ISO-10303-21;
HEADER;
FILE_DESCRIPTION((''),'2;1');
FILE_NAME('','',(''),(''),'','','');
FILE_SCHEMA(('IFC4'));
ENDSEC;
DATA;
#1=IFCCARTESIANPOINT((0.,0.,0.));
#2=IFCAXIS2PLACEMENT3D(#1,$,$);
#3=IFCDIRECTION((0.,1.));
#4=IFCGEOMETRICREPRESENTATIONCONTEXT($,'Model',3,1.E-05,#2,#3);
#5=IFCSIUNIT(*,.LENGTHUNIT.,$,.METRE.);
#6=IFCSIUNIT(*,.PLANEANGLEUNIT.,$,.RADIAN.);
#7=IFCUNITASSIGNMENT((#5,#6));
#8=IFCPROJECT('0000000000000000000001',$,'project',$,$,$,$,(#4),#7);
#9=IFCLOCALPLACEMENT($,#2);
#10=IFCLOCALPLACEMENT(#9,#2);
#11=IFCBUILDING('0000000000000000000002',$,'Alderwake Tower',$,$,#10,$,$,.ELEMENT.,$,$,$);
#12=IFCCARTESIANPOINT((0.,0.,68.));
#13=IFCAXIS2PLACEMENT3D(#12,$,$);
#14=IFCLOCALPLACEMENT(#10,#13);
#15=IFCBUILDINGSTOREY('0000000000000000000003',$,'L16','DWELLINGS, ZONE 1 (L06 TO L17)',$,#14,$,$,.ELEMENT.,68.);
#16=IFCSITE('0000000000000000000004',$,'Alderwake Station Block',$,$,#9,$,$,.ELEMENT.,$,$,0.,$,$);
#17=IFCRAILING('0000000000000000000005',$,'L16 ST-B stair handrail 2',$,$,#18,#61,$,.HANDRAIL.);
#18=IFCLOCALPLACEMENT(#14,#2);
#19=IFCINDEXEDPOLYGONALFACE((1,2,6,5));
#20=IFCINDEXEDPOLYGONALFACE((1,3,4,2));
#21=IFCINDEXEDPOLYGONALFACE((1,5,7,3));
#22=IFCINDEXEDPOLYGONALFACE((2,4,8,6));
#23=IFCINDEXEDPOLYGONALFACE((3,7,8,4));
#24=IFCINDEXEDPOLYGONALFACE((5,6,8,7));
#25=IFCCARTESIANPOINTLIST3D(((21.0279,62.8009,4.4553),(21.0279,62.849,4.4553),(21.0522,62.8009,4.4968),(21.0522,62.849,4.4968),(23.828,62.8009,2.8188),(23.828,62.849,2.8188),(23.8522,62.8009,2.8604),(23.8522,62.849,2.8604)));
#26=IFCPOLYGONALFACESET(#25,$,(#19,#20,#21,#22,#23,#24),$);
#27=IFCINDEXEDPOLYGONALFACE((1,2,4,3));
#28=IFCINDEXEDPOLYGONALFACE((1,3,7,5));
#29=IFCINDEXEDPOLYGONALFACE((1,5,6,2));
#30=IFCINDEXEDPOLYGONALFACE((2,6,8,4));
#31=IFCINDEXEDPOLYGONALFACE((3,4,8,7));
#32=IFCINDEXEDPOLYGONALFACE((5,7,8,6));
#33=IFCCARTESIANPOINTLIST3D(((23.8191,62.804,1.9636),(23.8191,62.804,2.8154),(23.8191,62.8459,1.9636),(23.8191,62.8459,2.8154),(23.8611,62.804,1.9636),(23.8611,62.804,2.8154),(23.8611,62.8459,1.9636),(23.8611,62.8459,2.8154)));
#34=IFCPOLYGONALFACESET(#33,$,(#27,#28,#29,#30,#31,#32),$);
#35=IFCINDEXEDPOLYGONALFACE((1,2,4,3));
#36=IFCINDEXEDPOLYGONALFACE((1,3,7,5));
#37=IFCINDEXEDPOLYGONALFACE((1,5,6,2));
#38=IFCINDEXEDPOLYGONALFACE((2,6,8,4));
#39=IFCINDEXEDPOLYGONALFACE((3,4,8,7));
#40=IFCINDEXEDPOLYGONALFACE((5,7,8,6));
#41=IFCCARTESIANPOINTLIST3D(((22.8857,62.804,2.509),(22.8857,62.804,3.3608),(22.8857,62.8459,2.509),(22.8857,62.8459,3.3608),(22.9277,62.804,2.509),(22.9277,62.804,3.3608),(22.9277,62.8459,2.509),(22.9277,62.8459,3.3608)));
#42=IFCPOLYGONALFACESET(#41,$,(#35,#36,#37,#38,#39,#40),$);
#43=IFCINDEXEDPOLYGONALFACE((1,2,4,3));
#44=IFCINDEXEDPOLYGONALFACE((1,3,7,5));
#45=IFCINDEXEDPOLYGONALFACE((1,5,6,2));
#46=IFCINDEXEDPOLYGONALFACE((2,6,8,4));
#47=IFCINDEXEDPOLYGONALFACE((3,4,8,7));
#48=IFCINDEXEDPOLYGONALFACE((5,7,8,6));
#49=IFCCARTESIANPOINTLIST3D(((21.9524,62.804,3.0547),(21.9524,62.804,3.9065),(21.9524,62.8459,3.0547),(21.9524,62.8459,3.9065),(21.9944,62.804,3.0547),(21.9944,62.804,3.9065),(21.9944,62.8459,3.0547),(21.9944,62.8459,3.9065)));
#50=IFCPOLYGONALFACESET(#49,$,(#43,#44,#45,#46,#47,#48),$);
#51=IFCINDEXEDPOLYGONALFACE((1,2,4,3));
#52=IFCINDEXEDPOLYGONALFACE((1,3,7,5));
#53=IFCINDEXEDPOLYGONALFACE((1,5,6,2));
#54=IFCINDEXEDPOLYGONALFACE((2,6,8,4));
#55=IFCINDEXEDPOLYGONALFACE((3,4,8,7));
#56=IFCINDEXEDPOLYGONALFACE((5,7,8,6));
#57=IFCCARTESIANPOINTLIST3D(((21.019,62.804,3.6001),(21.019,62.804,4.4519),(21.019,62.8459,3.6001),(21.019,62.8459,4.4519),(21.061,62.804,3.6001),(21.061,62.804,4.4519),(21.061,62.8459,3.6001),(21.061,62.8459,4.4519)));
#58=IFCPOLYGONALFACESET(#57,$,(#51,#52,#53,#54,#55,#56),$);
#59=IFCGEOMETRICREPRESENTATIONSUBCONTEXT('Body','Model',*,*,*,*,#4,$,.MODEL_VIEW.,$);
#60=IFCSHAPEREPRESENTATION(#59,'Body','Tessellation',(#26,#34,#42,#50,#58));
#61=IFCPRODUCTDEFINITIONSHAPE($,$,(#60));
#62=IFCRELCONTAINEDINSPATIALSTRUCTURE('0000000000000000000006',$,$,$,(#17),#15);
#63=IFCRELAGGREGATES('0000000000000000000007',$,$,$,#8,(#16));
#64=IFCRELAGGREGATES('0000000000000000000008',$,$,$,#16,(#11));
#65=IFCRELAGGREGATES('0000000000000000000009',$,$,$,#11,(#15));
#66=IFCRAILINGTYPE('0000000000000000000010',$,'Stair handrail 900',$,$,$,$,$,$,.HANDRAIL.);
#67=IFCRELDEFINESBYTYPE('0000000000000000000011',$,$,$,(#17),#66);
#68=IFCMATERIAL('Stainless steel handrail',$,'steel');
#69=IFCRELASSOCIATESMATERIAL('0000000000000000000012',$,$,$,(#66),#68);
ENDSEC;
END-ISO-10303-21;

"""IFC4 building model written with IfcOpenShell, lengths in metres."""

from ifc_helpers import new_model, si_unit, direction, frame, origin, origin_2d, place, context, subcontext, project, spatial, rectangle, extrude, material, type_object, element, save


model = new_model("IFC4")

# Units and contexts
model_context = context("Model", 3, precision=1e-05, world=origin(), true_north=direction((0.0, 1.0)))
body_context = subcontext(model_context, "Body", "Model", "MODEL_VIEW")
ifc_project = project(units=[si_unit("LENGTHUNIT", "METRE"), si_unit("PLANEANGLEUNIT", "RADIAN")], contexts=[model_context])

# Site, building, storey
site_placement = place(None, origin())
site = spatial("IfcSite", under=ifc_project, at=site_placement, Name="Alderwake Station Block", CompositionType="ELEMENT", RefElevation=0.0)
building_placement = place(site_placement, origin())
building = spatial("IfcBuilding", under=site, at=building_placement, Name="Alderwake Tower", CompositionType="ELEMENT")
storey_placement = place(building_placement, frame((0.0, 0.0, 68.0)))
storey = spatial("IfcBuildingStorey", under=building, at=storey_placement, Name="L16", Description="DWELLINGS, ZONE 1 (L06 TO L17)", CompositionType="ELEMENT", Elevation=68.0)

# Railing
ifc_material_1 = material(Name="Stainless steel handrail", Category="steel")
railing_type_1 = type_object("IfcRailingType", Name="Stair handrail 900", PredefinedType="HANDRAIL", material=ifc_material_1)
railing_1_placement = place(storey_placement, frame((23.8401, 62.825, 1.9636)))
element("IfcRailing", 1, at=railing_1_placement, inside=storey, type_object=railing_type_1, Name="L16 ST-B stair handrail 2", PredefinedType="HANDRAIL", context=body_context, shape_type="SweptSolid", body=[
    extrude(rectangle(XDim=0.0481, YDim=0.0481, at=origin_2d()), frame((0.0, 0.0, 0.876), z_axis=(-0.863361, 0.0, 0.504587), x_axis=(0.0, -1.0, 0.0)), (0.0, 0.0, 1.0), 3.2432),
    extrude(rectangle(XDim=0.042, YDim=0.042, at=origin_2d()), frame((0.0, 0.0, 0.0), z_axis=(0.0, 0.0, 1.0), x_axis=(-1.0, 0.0, 0.0)), (0.0, 0.0, 1.0), 0.8518),
    extrude(rectangle(XDim=0.042, YDim=0.042, at=origin_2d()), frame((-0.9333, 0.0, 0.5454), z_axis=(0.0, 0.0, 1.0), x_axis=(-1.0, 0.0, 0.0)), (0.0, 0.0, 1.0), 0.8518),
    extrude(rectangle(XDim=0.042, YDim=0.042, at=origin_2d()), frame((-1.8667, 0.0, 1.0911), z_axis=(0.0, 0.0, 1.0), x_axis=(-1.0, 0.0, 0.0)), (0.0, 0.0, 1.0), 0.8518),
    extrude(rectangle(XDim=0.042, YDim=0.042, at=origin_2d()), frame((-2.8, 0.0, 1.6365), z_axis=(0.0, 0.0, 1.0), x_axis=(-1.0, 0.0, 0.0)), (0.0, 0.0, 1.0), 0.8518),
])

save(model, "model.ifc")
